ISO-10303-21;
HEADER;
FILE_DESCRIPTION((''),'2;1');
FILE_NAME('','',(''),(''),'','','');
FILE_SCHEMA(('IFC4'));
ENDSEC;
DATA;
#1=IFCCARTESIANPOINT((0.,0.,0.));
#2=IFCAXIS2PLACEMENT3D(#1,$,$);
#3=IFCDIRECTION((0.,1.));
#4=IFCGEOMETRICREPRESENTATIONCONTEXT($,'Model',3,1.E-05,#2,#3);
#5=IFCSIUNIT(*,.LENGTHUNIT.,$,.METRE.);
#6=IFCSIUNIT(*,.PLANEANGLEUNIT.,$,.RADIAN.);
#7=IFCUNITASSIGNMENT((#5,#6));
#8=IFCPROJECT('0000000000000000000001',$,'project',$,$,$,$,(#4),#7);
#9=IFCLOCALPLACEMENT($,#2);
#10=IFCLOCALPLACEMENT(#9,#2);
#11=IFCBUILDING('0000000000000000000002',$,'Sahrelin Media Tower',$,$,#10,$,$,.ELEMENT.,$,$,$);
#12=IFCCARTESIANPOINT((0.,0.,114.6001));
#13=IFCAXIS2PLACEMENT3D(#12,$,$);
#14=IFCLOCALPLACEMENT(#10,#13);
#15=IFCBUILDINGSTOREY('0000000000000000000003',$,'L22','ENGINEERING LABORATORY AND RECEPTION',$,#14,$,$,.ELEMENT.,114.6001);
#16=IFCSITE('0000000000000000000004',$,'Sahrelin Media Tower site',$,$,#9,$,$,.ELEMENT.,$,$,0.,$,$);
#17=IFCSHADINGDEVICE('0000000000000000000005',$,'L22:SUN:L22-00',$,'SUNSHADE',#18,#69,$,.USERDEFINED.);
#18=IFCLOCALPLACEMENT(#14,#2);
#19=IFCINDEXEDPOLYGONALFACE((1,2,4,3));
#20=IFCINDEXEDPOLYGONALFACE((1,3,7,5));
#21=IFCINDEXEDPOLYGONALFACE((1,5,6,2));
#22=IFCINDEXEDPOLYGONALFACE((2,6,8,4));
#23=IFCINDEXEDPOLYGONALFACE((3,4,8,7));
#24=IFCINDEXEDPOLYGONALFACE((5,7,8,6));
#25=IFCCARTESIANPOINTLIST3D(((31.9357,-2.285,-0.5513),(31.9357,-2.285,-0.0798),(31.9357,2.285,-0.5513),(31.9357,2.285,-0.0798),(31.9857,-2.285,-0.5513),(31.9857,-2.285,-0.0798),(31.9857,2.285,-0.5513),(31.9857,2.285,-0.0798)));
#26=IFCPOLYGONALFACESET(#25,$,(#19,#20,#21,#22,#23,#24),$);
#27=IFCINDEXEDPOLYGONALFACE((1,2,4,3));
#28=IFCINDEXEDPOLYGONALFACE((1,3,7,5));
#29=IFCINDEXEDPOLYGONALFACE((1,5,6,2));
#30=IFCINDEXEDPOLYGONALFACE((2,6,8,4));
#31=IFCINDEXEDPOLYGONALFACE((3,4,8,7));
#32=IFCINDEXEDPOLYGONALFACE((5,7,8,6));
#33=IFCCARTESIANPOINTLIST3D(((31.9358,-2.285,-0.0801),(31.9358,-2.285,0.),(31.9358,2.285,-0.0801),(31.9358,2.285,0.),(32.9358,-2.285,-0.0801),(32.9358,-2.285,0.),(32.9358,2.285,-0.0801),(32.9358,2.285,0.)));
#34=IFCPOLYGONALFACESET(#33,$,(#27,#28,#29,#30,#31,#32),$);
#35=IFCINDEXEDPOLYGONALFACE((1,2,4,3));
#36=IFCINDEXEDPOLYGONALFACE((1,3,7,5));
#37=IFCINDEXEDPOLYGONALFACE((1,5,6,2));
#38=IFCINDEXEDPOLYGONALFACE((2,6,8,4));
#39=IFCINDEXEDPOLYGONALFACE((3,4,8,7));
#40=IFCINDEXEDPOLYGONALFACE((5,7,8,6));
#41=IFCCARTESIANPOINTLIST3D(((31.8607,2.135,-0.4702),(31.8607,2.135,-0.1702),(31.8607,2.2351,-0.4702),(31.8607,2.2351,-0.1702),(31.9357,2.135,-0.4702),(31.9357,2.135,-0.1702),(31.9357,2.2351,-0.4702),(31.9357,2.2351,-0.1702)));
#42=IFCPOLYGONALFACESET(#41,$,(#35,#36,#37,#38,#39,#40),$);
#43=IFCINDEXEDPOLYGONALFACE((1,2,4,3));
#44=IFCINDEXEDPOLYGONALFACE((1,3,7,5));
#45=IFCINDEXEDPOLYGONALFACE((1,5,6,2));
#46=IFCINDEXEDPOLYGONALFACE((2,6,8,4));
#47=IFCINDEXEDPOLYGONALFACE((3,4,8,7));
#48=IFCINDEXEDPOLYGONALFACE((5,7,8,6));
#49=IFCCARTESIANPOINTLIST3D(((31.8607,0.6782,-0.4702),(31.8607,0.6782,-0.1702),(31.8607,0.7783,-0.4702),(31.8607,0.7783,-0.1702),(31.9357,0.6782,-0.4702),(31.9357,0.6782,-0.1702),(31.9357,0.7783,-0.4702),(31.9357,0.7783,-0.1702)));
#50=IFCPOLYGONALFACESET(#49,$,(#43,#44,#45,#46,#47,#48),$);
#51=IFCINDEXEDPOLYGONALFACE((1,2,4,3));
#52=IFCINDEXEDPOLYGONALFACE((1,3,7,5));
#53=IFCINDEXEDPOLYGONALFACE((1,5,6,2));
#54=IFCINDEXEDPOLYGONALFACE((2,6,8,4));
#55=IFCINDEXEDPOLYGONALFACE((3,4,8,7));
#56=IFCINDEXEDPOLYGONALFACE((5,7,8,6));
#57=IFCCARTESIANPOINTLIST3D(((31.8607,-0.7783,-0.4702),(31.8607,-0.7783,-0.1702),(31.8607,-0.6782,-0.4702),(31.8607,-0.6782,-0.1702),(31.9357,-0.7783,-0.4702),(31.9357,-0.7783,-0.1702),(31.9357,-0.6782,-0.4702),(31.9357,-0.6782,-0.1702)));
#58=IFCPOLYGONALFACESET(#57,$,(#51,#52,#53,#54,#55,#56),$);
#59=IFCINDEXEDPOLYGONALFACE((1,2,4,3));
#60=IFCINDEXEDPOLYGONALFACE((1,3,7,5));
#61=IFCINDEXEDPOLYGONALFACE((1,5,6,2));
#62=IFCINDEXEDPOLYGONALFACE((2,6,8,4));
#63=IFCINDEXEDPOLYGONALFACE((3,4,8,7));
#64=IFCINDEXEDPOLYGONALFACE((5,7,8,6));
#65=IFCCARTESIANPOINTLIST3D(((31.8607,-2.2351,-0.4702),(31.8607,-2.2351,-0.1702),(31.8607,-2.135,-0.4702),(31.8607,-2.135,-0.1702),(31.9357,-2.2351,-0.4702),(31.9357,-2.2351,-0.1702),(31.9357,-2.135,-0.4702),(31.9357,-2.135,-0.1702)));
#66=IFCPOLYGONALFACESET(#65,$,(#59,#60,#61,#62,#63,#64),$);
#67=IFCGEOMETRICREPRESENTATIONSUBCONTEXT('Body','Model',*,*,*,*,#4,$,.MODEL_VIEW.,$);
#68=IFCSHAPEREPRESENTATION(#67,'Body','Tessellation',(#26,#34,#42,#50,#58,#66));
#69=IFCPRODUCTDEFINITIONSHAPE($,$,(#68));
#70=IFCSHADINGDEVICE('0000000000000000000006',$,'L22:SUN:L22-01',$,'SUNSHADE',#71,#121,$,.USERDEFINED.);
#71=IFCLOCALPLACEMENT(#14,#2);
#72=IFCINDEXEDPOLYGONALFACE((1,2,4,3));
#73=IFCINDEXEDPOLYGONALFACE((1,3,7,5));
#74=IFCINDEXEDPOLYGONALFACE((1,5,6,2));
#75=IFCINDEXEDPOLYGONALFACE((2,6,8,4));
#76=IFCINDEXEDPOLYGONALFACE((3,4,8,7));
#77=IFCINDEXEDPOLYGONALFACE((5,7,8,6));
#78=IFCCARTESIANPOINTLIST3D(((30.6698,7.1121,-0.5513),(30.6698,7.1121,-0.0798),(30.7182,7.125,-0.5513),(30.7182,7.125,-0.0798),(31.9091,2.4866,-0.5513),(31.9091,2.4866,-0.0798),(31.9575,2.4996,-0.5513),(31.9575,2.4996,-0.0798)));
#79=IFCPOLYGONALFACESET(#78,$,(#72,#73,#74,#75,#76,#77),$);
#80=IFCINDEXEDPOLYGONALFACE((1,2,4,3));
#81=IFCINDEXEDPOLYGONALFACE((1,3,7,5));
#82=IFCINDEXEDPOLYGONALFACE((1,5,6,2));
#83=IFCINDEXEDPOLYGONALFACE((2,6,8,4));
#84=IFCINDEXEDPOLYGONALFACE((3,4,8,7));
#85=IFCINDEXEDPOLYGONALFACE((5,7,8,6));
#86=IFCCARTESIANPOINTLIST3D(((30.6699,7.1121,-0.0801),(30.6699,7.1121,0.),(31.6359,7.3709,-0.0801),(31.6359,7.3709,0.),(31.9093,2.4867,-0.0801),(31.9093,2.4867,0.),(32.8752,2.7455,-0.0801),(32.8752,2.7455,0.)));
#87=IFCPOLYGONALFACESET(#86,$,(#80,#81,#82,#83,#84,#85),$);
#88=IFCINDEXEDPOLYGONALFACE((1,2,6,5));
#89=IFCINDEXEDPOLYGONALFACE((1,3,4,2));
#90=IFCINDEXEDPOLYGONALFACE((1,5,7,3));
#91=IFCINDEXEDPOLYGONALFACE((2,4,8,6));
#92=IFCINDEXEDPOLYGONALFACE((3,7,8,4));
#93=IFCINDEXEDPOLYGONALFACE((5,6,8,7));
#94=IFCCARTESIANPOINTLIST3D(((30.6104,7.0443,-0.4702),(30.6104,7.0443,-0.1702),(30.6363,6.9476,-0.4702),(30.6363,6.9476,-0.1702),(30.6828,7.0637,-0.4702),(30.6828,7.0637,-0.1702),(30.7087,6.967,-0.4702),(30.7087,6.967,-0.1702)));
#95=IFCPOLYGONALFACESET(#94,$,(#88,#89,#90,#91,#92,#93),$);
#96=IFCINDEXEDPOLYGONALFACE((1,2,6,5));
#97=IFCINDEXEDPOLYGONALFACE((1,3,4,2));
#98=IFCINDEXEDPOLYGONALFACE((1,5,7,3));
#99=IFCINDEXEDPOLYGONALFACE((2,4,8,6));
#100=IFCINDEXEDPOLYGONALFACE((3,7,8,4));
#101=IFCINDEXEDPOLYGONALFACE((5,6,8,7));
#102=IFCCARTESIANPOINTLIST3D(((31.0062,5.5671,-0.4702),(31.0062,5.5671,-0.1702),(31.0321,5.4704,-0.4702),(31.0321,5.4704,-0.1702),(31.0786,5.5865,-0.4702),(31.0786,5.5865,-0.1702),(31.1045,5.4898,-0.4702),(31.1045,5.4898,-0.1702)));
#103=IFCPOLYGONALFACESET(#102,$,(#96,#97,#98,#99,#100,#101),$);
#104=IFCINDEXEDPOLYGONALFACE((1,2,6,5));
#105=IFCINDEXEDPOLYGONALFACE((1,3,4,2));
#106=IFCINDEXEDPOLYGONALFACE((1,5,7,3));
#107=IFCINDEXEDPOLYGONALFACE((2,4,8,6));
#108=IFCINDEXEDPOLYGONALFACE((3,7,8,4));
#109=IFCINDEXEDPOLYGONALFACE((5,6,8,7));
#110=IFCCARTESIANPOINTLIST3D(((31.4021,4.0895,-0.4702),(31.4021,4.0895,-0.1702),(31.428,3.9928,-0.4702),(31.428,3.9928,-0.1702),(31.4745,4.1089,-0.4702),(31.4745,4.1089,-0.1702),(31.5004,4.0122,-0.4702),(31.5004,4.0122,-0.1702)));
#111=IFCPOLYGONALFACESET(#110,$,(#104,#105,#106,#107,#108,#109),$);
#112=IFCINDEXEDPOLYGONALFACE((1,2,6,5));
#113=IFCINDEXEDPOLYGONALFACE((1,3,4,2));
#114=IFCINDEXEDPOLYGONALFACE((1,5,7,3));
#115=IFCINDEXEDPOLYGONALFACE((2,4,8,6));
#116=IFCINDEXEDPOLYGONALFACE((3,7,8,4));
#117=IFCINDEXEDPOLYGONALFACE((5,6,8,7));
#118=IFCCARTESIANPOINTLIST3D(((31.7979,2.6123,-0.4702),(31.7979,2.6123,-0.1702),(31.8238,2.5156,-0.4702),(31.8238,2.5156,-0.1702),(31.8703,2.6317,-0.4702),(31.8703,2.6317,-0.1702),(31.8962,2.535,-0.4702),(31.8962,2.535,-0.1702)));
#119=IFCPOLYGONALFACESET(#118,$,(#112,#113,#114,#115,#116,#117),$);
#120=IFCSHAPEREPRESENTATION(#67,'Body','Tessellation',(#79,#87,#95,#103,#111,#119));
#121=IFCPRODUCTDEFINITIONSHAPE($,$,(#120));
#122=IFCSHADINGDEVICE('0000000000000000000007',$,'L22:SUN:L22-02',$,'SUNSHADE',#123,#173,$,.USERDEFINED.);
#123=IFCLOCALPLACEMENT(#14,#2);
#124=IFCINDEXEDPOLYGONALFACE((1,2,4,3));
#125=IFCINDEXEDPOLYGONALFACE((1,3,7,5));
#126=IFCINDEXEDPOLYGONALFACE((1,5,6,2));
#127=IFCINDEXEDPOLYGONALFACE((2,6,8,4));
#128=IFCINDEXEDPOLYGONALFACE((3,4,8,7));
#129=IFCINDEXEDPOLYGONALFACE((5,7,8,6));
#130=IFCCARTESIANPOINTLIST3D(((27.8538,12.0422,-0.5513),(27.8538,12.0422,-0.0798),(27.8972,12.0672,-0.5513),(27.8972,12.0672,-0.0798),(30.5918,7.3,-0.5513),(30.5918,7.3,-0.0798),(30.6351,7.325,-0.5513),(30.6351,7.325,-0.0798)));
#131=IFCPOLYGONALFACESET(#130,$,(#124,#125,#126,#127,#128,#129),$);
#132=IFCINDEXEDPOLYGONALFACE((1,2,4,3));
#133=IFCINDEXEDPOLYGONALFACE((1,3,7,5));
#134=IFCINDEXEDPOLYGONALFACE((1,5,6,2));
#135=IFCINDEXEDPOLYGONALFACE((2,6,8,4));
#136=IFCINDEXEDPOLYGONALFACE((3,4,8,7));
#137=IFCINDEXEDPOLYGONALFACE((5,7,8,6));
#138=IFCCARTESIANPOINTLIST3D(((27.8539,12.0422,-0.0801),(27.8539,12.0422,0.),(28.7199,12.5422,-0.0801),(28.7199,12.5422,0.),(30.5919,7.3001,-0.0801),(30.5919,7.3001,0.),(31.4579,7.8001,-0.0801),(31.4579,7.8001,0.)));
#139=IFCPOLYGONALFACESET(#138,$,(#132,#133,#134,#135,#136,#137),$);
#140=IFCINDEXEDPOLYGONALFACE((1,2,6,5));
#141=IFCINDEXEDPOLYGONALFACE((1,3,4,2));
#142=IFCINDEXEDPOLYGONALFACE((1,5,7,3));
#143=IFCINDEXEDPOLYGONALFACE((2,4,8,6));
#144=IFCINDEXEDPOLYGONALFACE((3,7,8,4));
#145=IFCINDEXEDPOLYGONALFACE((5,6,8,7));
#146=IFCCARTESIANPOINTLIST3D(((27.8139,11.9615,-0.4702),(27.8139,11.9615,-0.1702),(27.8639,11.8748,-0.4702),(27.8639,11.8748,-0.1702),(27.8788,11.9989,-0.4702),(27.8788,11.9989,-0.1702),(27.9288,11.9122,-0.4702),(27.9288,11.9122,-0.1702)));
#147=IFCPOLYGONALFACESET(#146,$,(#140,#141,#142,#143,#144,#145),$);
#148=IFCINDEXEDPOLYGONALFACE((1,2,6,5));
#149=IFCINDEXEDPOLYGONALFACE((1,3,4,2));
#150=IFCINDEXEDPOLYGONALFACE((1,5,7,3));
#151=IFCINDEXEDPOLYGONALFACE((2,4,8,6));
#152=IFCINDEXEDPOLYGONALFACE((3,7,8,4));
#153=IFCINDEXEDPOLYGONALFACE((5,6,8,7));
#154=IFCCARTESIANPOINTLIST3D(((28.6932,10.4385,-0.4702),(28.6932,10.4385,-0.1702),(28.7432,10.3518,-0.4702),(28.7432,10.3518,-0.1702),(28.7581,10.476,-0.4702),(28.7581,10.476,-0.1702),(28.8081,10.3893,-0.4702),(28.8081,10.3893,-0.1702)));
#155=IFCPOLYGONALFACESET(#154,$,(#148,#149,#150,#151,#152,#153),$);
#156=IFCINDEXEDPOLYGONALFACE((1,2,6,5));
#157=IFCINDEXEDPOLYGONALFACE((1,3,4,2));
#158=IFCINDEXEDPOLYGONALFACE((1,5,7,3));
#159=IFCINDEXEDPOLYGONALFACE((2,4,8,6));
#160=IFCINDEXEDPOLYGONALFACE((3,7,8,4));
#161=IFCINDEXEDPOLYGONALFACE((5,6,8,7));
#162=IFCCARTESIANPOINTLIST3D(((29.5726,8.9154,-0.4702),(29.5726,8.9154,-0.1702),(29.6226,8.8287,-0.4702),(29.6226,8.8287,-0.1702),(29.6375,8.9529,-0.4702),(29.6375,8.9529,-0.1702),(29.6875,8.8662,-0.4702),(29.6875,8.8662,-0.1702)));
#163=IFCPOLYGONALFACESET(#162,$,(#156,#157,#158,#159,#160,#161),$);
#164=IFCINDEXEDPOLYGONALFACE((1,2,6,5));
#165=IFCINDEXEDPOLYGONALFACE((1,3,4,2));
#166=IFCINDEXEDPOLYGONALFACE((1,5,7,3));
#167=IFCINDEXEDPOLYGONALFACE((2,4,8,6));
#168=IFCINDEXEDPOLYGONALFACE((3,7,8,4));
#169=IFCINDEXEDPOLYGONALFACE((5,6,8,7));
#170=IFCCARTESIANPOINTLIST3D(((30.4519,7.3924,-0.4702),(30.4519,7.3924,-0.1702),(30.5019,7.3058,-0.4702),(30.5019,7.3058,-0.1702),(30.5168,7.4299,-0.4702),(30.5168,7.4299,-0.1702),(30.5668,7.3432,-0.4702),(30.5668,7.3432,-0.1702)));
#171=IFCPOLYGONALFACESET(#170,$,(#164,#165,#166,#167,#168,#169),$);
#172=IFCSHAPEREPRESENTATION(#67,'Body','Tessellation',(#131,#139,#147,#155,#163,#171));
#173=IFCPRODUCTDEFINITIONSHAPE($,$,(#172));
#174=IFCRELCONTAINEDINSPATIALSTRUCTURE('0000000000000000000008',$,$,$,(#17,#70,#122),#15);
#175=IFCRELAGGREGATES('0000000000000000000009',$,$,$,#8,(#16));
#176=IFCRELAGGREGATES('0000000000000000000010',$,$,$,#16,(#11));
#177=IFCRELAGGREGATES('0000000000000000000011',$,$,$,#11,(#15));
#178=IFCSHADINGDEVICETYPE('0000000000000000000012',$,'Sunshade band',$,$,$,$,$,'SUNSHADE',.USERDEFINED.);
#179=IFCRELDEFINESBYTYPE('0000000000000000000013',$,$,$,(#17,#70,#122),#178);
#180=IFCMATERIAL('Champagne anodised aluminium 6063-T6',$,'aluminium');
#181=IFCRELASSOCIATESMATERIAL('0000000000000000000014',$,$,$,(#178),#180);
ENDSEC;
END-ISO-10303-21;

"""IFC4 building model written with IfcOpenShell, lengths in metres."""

from ifc_helpers import new_model, si_unit, direction, frame, origin, origin_2d, place, context, subcontext, project, spatial, rectangle, extrude, material, type_object, element, save


model = new_model("IFC4")

# Units and contexts
model_context = context("Model", 3, precision=1e-05, world=origin(), true_north=direction((0.0, 1.0)))
body_context = subcontext(model_context, "Body", "Model", "MODEL_VIEW")
ifc_project = project(units=[si_unit("LENGTHUNIT", "METRE"), si_unit("PLANEANGLEUNIT", "RADIAN")], contexts=[model_context])

# Site, building, storey
site_placement = place(None, origin())
site = spatial("IfcSite", under=ifc_project, at=site_placement, Name="Sahrelin Media Tower site", CompositionType="ELEMENT", RefElevation=0.0)
building_placement = place(site_placement, origin())
building = spatial("IfcBuilding", under=site, at=building_placement, Name="Sahrelin Media Tower", CompositionType="ELEMENT")
storey_placement = place(building_placement, frame((0.0, 0.0, 114.6001)))
storey = spatial("IfcBuildingStorey", under=building, at=storey_placement, Name="L22", Description="ENGINEERING LABORATORY AND RECEPTION", CompositionType="ELEMENT", Elevation=114.6001)

# Shared definitions
ifc_material_1 = material(Name="Champagne anodised aluminium 6063-T6", Category="aluminium")

# Shading devices
placement_1 = place(storey_placement, frame((31.9158, 0.0, 0.0), z_axis=(0.0, 0.0, 1.0), x_axis=(0.0, -1.0, 0.0)))
placement_2 = place(storey_placement, frame((31.2703, 4.7942, 0.0), z_axis=(0.0, 0.0, 1.0), x_axis=(0.258808, -0.965929, 0.0)))
placement_3 = place(storey_placement, frame((29.2056, 9.6611, 0.0), z_axis=(0.0, 0.0, 1.0), x_axis=(0.500011, -0.866019, 0.0)))
shading_device_type_1 = type_object("IfcShadingDeviceType", Name="Sunshade band", ElementType="SUNSHADE", PredefinedType="USERDEFINED", material=ifc_material_1)
element("IfcShadingDevice", 1, at=placement_1, inside=storey, type_object=shading_device_type_1, Name="L22:SUN:L22-00", ObjectType="SUNSHADE", PredefinedType="USERDEFINED", context=body_context, shape_type="SweptSolid", body=[
    extrude(rectangle(XDim=4.5701, YDim=0.05, at=origin_2d()), frame((0.0, 0.0449, -0.5513)), (0.0, 0.0, 1.0), 0.4714),
    extrude(rectangle(XDim=4.5701, YDim=1.0, at=origin_2d()), frame((0.0, 0.52, -0.0801)), (0.0, 0.0, 1.0), 0.0801),
    extrude(rectangle(XDim=0.1001, YDim=0.075, at=origin_2d()), frame((-2.1851, -0.0176, -0.4702)), (0.0, 0.0, 1.0), 0.3),
    extrude(rectangle(XDim=0.1001, YDim=0.075, at=origin_2d()), frame((-0.7283, -0.0176, -0.4702)), (0.0, 0.0, 1.0), 0.3),
    extrude(rectangle(XDim=0.1001, YDim=0.075, at=origin_2d()), frame((0.7283, -0.0176, -0.4702)), (0.0, 0.0, 1.0), 0.3),
    extrude(rectangle(XDim=0.1001, YDim=0.075, at=origin_2d()), frame((2.1851, -0.0176, -0.4702)), (0.0, 0.0, 1.0), 0.3),
])
element("IfcShadingDevice", 2, at=placement_2, inside=storey, type_object=shading_device_type_1, Name="L22:SUN:L22-01", ObjectType="SUNSHADE", PredefinedType="USERDEFINED", context=body_context, shape_type="SweptSolid", body=[
    extrude(rectangle(XDim=4.7886, YDim=0.05, at=origin_2d()), frame((0.0, 0.0449, -0.5513)), (0.0, 0.0, 1.0), 0.4714),
    extrude(rectangle(XDim=4.7886, YDim=1.0, at=origin_2d()), frame((0.0, 0.52, -0.0801)), (0.0, 0.0, 1.0), 0.0801),
    extrude(rectangle(XDim=0.1001, YDim=0.075, at=origin_2d()), frame((-2.2942, -0.0176, -0.4702)), (0.0, 0.0, 1.0), 0.3),
    extrude(rectangle(XDim=0.1001, YDim=0.075, at=origin_2d()), frame((-0.7649, -0.0176, -0.4702)), (0.0, 0.0, 1.0), 0.3),
    extrude(rectangle(XDim=0.1001, YDim=0.075, at=origin_2d()), frame((0.7649, -0.0176, -0.4702)), (0.0, 0.0, 1.0), 0.3),
    extrude(rectangle(XDim=0.1001, YDim=0.075, at=origin_2d()), frame((2.2942, -0.0176, -0.4702)), (0.0, 0.0, 1.0), 0.3),
])
element("IfcShadingDevice", 3, at=placement_3, inside=storey, type_object=shading_device_type_1, Name="L22:SUN:L22-02", ObjectType="SUNSHADE", PredefinedType="USERDEFINED", context=body_context, shape_type="SweptSolid", body=[
    extrude(rectangle(XDim=5.4758, YDim=0.05, at=origin_2d()), frame((0.0, 0.0449, -0.5513)), (0.0, 0.0, 1.0), 0.4714),
    extrude(rectangle(XDim=5.4758, YDim=1.0, at=origin_2d()), frame((0.0, 0.52, -0.0801)), (0.0, 0.0, 1.0), 0.0801),
    extrude(rectangle(XDim=0.1001, YDim=0.075, at=origin_2d()), frame((-2.6379, -0.0176, -0.4702)), (0.0, 0.0, 1.0), 0.3),
    extrude(rectangle(XDim=0.1001, YDim=0.075, at=origin_2d()), frame((-0.8794, -0.0176, -0.4702)), (0.0, 0.0, 1.0), 0.3),
    extrude(rectangle(XDim=0.1001, YDim=0.075, at=origin_2d()), frame((0.8794, -0.0176, -0.4702)), (0.0, 0.0, 1.0), 0.3),
    extrude(rectangle(XDim=0.1001, YDim=0.075, at=origin_2d()), frame((2.6379, -0.0176, -0.4702)), (0.0, 0.0, 1.0), 0.3),
])

save(model, "model.ifc")
